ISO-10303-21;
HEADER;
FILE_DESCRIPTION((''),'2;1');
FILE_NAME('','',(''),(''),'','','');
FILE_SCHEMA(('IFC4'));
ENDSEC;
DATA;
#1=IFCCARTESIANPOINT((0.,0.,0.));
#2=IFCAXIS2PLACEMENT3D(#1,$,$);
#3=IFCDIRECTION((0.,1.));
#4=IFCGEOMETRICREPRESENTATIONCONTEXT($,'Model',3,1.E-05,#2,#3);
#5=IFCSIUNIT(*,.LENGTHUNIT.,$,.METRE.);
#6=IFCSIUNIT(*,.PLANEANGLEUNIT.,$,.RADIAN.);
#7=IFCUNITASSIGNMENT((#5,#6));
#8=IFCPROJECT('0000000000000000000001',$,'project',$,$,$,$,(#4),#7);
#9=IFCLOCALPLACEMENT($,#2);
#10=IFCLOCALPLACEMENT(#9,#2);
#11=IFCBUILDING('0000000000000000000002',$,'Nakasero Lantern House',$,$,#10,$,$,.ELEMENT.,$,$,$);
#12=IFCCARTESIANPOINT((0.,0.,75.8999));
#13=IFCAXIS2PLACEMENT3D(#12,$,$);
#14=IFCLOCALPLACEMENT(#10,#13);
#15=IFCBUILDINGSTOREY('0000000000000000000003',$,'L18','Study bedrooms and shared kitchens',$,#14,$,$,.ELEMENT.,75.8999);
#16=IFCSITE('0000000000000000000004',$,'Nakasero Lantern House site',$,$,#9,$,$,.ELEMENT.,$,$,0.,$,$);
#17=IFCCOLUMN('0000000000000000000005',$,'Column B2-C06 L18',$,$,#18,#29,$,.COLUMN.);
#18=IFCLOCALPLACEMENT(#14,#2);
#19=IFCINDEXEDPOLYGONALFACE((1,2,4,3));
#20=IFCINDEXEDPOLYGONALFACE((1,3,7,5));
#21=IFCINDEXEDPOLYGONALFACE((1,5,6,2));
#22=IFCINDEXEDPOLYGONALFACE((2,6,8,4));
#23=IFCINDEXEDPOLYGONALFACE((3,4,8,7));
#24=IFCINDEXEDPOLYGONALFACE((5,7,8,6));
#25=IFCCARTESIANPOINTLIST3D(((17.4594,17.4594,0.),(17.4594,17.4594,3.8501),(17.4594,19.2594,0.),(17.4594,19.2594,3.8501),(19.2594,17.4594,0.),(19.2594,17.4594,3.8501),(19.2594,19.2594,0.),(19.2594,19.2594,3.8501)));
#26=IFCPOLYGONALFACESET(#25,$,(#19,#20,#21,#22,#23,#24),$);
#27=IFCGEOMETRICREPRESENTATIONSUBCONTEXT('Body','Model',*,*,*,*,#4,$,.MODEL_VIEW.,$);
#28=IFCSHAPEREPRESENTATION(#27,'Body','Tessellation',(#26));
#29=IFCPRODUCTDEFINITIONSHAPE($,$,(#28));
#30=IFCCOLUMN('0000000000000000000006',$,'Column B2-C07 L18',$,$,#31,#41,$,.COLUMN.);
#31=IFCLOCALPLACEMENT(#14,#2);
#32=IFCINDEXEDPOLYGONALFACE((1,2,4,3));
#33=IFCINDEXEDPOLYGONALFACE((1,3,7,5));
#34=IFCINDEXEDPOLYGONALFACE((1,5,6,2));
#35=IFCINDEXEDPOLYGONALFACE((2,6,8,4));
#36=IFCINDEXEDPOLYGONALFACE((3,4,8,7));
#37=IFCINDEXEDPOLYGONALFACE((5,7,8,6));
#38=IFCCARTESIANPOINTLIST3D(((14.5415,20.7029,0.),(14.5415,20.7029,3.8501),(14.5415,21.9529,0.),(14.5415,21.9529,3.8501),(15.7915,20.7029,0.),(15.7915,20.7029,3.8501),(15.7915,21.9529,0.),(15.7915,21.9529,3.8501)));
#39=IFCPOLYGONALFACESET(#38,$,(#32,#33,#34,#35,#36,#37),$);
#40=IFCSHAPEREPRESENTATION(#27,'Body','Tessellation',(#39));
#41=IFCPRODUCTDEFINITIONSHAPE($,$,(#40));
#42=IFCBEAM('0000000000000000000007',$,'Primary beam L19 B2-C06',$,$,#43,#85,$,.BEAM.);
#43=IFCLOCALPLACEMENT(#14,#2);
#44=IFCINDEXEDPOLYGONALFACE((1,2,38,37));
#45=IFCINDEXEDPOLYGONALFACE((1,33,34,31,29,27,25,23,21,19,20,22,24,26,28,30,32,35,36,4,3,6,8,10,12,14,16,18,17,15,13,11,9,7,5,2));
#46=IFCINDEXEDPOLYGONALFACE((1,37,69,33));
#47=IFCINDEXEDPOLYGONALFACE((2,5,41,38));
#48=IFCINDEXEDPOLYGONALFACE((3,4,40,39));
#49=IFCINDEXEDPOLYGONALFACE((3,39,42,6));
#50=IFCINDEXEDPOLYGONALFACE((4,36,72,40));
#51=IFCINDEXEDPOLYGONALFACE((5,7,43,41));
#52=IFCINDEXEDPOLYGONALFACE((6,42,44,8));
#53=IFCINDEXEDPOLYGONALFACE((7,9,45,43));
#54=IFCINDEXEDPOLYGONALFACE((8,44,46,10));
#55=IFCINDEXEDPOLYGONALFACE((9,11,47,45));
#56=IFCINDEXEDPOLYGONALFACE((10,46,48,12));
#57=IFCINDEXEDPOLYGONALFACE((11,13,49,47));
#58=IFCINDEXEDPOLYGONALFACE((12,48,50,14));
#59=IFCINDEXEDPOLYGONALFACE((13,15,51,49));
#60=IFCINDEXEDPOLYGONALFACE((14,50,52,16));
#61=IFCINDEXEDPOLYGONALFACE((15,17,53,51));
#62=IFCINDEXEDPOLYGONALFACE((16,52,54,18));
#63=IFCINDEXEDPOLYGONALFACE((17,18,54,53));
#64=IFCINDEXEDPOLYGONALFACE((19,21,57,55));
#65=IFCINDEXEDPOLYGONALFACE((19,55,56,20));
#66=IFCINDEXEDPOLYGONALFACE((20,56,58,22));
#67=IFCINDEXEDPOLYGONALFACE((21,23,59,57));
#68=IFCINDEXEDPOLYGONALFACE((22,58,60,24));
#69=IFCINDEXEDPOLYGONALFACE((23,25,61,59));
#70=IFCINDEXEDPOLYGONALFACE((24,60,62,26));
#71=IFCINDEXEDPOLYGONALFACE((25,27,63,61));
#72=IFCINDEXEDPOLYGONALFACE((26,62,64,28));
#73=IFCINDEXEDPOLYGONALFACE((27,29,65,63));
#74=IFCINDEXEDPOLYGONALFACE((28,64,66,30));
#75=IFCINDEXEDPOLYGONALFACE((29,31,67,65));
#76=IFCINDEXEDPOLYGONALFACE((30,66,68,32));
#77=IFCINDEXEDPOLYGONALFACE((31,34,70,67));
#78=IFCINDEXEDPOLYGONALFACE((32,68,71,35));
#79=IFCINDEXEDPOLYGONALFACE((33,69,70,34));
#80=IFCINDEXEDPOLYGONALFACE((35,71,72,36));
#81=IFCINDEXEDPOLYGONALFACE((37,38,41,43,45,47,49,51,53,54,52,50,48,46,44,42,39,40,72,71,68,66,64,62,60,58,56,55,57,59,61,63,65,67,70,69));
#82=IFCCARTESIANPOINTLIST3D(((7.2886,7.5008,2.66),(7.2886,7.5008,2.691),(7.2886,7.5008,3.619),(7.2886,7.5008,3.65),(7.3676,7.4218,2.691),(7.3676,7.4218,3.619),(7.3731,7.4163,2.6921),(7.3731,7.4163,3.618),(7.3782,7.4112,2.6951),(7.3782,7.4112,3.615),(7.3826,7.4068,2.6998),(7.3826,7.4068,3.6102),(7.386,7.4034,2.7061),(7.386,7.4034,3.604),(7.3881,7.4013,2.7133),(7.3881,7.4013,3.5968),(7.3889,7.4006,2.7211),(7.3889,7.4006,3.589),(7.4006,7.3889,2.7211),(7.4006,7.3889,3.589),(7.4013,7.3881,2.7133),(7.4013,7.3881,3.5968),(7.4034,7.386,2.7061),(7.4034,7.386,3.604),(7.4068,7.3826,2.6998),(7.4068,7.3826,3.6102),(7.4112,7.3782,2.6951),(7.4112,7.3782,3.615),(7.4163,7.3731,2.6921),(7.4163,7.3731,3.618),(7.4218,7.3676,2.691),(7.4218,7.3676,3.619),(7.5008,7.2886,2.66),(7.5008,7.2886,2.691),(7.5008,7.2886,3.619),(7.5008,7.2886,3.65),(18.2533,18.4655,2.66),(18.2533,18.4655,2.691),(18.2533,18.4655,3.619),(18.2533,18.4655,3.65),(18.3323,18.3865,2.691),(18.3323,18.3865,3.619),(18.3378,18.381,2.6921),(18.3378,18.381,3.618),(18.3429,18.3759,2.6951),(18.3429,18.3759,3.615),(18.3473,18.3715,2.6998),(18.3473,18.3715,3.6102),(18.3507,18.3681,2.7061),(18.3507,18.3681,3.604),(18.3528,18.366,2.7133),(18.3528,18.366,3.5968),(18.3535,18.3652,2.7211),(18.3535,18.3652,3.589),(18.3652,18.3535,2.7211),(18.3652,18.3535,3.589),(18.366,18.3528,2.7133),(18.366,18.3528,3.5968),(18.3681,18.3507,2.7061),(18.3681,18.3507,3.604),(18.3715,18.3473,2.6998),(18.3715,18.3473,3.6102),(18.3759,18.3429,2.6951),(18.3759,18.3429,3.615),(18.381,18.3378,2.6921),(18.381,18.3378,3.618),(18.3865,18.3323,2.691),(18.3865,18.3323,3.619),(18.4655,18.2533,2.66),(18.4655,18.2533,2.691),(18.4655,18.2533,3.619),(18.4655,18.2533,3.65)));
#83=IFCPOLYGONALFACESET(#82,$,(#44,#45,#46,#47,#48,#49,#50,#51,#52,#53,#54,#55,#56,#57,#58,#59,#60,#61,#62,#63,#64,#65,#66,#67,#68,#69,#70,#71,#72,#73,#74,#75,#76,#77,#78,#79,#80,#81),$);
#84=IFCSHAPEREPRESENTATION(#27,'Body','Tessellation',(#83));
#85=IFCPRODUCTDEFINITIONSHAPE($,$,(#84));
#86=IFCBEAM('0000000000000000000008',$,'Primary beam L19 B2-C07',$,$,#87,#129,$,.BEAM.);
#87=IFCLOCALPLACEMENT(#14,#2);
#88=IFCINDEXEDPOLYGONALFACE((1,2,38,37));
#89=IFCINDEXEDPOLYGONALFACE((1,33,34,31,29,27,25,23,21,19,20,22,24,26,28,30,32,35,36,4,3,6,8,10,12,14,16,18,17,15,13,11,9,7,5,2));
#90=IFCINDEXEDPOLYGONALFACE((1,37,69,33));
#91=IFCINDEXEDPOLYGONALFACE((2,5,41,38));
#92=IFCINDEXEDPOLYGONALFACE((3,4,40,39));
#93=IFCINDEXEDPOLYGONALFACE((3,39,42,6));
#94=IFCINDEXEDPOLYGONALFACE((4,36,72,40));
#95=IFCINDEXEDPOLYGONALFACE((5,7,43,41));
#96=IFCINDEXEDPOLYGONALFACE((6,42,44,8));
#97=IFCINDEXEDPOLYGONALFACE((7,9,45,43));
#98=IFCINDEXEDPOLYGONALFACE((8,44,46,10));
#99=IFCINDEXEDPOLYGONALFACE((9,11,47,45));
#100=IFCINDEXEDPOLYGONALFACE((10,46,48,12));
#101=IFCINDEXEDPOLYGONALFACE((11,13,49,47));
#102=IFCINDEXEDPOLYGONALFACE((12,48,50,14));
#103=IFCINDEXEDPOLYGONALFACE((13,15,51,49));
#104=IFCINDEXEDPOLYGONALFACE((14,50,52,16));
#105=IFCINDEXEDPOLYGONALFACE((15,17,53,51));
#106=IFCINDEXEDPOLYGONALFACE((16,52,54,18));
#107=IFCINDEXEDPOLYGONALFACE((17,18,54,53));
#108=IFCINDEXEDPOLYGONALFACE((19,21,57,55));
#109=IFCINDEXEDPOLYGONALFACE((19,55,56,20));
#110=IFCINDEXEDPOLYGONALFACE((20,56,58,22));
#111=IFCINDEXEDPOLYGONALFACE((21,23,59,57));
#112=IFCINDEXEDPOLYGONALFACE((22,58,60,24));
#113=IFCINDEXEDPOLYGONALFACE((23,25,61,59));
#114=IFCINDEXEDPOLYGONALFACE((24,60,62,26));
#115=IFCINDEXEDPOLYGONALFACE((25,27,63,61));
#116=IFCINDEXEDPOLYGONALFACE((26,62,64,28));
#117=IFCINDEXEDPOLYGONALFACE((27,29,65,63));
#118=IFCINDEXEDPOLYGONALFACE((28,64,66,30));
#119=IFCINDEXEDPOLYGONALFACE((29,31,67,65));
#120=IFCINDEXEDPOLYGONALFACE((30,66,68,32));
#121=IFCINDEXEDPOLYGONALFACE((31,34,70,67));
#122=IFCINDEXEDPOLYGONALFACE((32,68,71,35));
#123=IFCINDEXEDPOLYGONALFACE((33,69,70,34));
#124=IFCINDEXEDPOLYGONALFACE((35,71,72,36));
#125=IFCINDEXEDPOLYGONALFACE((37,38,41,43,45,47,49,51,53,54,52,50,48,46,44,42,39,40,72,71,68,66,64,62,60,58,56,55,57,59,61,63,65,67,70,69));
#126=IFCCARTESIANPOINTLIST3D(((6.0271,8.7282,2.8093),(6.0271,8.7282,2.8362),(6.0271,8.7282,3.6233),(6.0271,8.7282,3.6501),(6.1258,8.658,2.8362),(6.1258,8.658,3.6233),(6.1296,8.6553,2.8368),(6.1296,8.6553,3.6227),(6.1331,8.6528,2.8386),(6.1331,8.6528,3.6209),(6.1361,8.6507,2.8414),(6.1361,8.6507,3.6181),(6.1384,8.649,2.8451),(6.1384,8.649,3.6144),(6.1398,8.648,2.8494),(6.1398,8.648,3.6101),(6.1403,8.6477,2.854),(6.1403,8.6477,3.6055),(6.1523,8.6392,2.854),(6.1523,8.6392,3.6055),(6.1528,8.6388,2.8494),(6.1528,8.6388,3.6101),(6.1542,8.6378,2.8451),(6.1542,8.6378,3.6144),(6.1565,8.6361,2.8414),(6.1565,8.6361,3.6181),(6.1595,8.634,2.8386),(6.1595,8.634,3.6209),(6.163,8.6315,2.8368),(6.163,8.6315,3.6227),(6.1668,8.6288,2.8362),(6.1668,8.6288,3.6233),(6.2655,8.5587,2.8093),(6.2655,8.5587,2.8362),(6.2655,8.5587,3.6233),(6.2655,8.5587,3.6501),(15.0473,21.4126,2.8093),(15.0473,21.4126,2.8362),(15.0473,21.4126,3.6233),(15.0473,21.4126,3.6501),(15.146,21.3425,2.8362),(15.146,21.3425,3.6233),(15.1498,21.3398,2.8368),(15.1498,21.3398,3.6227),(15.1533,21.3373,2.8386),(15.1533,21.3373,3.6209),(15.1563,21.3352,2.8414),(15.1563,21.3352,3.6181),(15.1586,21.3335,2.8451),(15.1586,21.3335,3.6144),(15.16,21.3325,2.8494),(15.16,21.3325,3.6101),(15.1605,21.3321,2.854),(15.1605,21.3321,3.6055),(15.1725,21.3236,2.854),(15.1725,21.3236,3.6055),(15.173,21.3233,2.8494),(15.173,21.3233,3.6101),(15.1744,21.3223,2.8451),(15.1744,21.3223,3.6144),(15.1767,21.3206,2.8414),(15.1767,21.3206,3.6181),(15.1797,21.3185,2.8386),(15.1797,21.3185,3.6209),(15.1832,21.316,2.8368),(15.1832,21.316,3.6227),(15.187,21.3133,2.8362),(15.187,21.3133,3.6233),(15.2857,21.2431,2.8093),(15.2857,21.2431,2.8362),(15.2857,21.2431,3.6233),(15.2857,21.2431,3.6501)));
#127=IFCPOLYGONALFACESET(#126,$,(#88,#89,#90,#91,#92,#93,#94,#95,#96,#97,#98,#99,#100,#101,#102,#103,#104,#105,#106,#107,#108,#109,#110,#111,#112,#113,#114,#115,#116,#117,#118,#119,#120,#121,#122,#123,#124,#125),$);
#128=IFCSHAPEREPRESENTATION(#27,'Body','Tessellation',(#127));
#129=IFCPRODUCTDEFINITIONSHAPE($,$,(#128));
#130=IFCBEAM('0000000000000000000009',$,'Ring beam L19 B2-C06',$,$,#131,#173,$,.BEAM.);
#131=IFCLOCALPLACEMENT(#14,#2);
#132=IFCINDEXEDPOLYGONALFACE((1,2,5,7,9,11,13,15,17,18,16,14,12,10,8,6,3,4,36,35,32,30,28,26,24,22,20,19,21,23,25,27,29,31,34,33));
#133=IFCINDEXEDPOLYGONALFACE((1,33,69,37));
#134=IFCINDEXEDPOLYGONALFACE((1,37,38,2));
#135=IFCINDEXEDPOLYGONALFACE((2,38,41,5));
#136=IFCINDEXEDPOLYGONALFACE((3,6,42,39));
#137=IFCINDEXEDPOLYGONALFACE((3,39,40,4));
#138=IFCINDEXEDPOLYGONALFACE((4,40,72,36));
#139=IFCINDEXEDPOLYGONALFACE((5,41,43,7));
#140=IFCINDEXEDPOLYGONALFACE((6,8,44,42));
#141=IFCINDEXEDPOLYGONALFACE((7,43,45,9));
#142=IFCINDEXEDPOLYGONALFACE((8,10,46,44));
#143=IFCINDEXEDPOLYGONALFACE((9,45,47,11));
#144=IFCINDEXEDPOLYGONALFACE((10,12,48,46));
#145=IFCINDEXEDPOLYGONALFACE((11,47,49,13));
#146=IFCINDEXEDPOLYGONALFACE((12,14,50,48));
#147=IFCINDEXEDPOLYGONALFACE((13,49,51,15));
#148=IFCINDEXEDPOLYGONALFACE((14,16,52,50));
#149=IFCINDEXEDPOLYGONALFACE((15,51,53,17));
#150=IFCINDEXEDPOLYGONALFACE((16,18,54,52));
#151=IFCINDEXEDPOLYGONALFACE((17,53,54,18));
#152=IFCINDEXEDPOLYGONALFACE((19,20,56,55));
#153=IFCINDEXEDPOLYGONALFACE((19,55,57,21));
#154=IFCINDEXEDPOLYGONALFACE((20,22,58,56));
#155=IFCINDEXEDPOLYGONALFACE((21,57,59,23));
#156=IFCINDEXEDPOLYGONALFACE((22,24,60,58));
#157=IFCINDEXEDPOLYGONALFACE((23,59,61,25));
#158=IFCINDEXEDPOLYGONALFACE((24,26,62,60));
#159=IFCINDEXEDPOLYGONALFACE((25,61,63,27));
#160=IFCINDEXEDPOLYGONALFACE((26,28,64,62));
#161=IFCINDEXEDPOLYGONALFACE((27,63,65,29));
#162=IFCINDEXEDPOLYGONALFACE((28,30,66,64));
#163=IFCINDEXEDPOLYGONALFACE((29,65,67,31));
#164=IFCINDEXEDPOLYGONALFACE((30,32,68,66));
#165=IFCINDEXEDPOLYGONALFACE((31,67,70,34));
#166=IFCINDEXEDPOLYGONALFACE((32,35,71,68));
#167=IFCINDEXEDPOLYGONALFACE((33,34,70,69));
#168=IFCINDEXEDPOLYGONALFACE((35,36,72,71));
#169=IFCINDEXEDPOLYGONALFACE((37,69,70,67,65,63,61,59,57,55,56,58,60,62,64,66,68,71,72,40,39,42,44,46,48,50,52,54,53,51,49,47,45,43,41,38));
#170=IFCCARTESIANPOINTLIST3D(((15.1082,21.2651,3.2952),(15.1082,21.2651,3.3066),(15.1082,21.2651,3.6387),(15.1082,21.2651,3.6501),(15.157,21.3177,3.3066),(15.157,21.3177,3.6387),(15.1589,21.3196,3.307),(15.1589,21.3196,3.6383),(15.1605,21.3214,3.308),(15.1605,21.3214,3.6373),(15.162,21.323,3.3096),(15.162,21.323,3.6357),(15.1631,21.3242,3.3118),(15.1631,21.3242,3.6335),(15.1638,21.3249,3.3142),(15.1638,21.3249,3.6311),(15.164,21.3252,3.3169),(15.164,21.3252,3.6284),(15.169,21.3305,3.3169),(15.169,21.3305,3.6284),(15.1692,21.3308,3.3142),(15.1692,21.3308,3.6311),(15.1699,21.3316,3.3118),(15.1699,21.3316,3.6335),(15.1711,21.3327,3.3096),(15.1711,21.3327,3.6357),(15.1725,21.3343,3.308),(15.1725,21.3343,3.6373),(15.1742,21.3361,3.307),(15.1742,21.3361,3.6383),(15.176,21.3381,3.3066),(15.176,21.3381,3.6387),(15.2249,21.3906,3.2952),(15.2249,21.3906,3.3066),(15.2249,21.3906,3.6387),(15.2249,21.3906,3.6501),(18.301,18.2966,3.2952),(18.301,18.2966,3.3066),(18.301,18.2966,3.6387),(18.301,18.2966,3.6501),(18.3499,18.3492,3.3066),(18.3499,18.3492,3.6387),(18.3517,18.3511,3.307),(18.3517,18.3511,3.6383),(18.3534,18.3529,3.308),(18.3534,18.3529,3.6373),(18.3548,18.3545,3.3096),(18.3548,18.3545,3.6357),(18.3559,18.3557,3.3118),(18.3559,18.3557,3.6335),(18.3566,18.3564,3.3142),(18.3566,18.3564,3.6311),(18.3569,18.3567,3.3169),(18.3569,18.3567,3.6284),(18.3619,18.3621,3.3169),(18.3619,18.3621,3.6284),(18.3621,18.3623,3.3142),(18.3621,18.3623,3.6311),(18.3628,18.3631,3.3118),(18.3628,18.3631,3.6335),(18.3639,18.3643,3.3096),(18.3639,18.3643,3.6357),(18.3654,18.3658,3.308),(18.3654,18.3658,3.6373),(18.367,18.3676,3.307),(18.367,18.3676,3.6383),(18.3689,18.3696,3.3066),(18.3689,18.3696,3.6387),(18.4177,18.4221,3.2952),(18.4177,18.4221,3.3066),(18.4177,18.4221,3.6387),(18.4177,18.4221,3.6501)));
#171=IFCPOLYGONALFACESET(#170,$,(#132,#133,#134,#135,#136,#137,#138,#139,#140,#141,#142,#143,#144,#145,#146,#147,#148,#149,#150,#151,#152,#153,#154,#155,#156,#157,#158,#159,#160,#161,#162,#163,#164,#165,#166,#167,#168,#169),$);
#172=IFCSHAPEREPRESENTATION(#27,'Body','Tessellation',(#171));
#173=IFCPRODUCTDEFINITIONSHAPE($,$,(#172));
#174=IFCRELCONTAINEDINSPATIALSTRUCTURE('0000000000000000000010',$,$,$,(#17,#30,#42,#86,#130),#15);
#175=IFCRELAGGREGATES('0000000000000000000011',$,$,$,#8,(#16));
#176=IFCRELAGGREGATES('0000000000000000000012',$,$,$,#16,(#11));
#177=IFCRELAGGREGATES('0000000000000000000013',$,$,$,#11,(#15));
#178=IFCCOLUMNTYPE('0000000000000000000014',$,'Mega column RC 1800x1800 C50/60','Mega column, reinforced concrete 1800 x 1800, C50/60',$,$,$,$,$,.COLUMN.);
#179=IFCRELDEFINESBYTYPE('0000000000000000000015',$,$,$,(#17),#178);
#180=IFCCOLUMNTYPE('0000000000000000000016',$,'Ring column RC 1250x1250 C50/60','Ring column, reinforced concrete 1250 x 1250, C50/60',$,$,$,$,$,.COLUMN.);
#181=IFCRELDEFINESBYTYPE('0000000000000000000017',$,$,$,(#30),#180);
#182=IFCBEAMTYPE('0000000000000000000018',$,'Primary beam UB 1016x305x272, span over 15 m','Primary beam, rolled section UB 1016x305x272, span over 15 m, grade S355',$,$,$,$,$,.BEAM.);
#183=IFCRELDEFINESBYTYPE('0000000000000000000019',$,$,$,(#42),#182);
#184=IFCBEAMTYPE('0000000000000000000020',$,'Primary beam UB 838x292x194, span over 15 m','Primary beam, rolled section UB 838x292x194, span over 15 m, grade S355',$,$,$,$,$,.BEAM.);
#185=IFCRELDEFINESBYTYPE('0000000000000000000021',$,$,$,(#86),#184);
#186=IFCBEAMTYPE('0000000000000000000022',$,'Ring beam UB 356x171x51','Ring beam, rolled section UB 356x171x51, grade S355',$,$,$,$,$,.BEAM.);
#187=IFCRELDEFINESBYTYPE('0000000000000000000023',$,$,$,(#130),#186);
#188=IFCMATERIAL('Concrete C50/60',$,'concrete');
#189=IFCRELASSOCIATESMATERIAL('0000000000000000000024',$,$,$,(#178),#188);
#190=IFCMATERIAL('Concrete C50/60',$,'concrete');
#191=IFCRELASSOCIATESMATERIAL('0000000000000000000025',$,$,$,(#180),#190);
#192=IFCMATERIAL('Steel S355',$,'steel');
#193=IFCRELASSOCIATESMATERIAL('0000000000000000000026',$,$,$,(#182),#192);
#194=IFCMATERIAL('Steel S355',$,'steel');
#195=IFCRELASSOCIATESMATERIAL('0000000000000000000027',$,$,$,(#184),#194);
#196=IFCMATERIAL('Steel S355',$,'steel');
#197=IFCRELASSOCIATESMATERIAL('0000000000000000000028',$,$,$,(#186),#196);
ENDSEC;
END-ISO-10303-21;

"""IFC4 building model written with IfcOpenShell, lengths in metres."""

from ifc_helpers import new_model, si_unit, direction, frame, origin, origin_2d, place, context, subcontext, project, spatial, rectangle, i_section, extrude, material, material_profile, profile_set, type_object, element, save


model = new_model("IFC4")

# Units and contexts
model_context = context("Model", 3, precision=1e-05, world=origin(), true_north=direction((0.0, 1.0)))
body_context = subcontext(model_context, "Body", "Model", "MODEL_VIEW")
ifc_project = project(units=[si_unit("LENGTHUNIT", "METRE"), si_unit("PLANEANGLEUNIT", "RADIAN")], contexts=[model_context])

# Site, building, storey
site_placement = place(None, origin())
site = spatial("IfcSite", under=ifc_project, at=site_placement, Name="Nakasero Lantern House site", CompositionType="ELEMENT", RefElevation=0.0)
building_placement = place(site_placement, origin())
building = spatial("IfcBuilding", under=site, at=building_placement, Name="Nakasero Lantern House", CompositionType="ELEMENT")
storey_placement = place(building_placement, frame((0.0, 0.0, 75.8999)))
storey = spatial("IfcBuildingStorey", under=building, at=storey_placement, Name="L18", Description="Study bedrooms and shared kitchens", CompositionType="ELEMENT", Elevation=75.8999)

# Columns
ifc_material_1 = material(Name="Concrete C50/60", Category="concrete")
ifc_material_profile_1 = material_profile(ifc_material_1, rectangle(XDim=1.8, YDim=1.8, at=origin_2d()), Name="RC 1800x1800")
ifc_profile_set_1 = profile_set([ifc_material_profile_1], Name="Concrete C50/60")
column_type_1 = type_object("IfcColumnType", Name="Mega column RC 1800x1800 C50/60", Description="Mega column, reinforced concrete 1800 x 1800, C50/60", PredefinedType="COLUMN", material=ifc_profile_set_1)
column_1_placement = place(storey_placement, frame((18.3594, 18.3594, 0.0), z_axis=(0.0, 0.0, 1.0), x_axis=(1.0, 0.0, 0.0)))
element("IfcColumn", 1, at=column_1_placement, inside=storey, type_object=column_type_1, Name="Column B2-C06 L18", PredefinedType="COLUMN", context=body_context, shape_type="SweptSolid", body=[
    extrude(rectangle(XDim=1.8, YDim=1.8, at=origin_2d()), origin(), (0.0, 0.0, 1.0), 3.8501),
])
ifc_material_2 = material(Name="Concrete C50/60", Category="concrete")
ifc_material_profile_2 = material_profile(ifc_material_2, rectangle(XDim=1.25, YDim=1.25, at=origin_2d()), Name="RC 1250x1250")
ifc_profile_set_2 = profile_set([ifc_material_profile_2], Name="Concrete C50/60")
column_type_2 = type_object("IfcColumnType", Name="Ring column RC 1250x1250 C50/60", Description="Ring column, reinforced concrete 1250 x 1250, C50/60", PredefinedType="COLUMN", material=ifc_profile_set_2)
column_2_placement = place(storey_placement, frame((15.1665, 21.3279, 0.0), z_axis=(0.0, 0.0, 1.0), x_axis=(1.0, 0.0, 0.0)))
element("IfcColumn", 2, at=column_2_placement, inside=storey, type_object=column_type_2, Name="Column B2-C07 L18", PredefinedType="COLUMN", context=body_context, shape_type="SweptSolid", body=[
    extrude(rectangle(XDim=1.25, YDim=1.25, at=origin_2d()), origin(), (0.0, 0.0, 1.0), 3.8501),
])

# Beams
ifc_material_3 = material(Name="Steel S355", Category="steel")
ifc_material_profile_3 = material_profile(ifc_material_3, i_section(OverallWidth=0.3, OverallDepth=0.99, WebThickness=0.0166, FlangeThickness=0.031, FilletRadius=0.03, at=origin_2d()), Name="UB 1016x305x272")
ifc_profile_set_3 = profile_set([ifc_material_profile_3], Name="Steel S355")
beam_type_1 = type_object("IfcBeamType", Name="Primary beam UB 1016x305x272, span over 15 m", Description="Primary beam, rolled section UB 1016x305x272, span over 15 m, grade S355", PredefinedType="BEAM", material=ifc_profile_set_3)
beam_1_placement = place(storey_placement, frame((18.3594, 18.3594, 3.155), z_axis=(-0.707107, -0.707107, 0.0), x_axis=(0.707107, -0.707107, 0.0)))
element("IfcBeam", 3, at=beam_1_placement, inside=storey, type_object=beam_type_1, Name="Primary beam L19 B2-C06", PredefinedType="BEAM", context=body_context, shape_type="SweptSolid", body=[
    extrude(i_section(OverallWidth=0.3, OverallDepth=0.99, WebThickness=0.0166, FlangeThickness=0.031, FilletRadius=0.03, at=origin_2d()), origin(), (0.0, 0.0, 1.0), 15.5063),
])
ifc_material_4 = material(Name="Steel S355", Category="steel")
ifc_material_profile_4 = material_profile(ifc_material_4, i_section(OverallWidth=0.2925, OverallDepth=0.8408, WebThickness=0.0146, FlangeThickness=0.0269, FilletRadius=0.0178, at=origin_2d()), Name="UB 838x292x194")
ifc_profile_set_4 = profile_set([ifc_material_profile_4], Name="Steel S355")
beam_type_2 = type_object("IfcBeamType", Name="Primary beam UB 838x292x194, span over 15 m", Description="Primary beam, rolled section UB 838x292x194, span over 15 m, grade S355", PredefinedType="BEAM", material=ifc_profile_set_4)
beam_2_placement = place(storey_placement, frame((15.1665, 21.3279, 3.2297), z_axis=(-0.579529, -0.814952, 0.0), x_axis=(0.814952, -0.579529, 0.0)))
element("IfcBeam", 4, at=beam_2_placement, inside=storey, type_object=beam_type_2, Name="Primary beam L19 B2-C07", PredefinedType="BEAM", context=body_context, shape_type="SweptSolid", body=[
    extrude(i_section(OverallWidth=0.2925, OverallDepth=0.8408, WebThickness=0.0146, FlangeThickness=0.0269, FilletRadius=0.0178, at=origin_2d()), origin(), (0.0, 0.0, 1.0), 15.5647),
])
ifc_material_5 = material(Name="Steel S355", Category="steel")
ifc_material_profile_5 = material_profile(ifc_material_5, i_section(OverallWidth=0.1714, OverallDepth=0.355, WebThickness=0.0073, FlangeThickness=0.0115, FilletRadius=0.0103, at=origin_2d()), Name="UB 356x171x51")
ifc_profile_set_5 = profile_set([ifc_material_profile_5], Name="Steel S355")
beam_type_3 = type_object("IfcBeamType", Name="Ring beam UB 356x171x51", Description="Ring beam, rolled section UB 356x171x51, grade S355", PredefinedType="BEAM", material=ifc_profile_set_5)
beam_3_placement = place(storey_placement, frame((18.3594, 18.3594, 3.4727), z_axis=(-0.732371, 0.680906, 0.0), x_axis=(-0.680906, -0.732371, 0.0)))
element("IfcBeam", 5, at=beam_3_placement, inside=storey, type_object=beam_type_3, Name="Ring beam L19 B2-C06", PredefinedType="BEAM", context=body_context, shape_type="SweptSolid", body=[
    extrude(i_section(OverallWidth=0.1714, OverallDepth=0.355, WebThickness=0.0073, FlangeThickness=0.0115, FilletRadius=0.0103, at=origin_2d()), origin(), (0.0, 0.0, 1.0), 4.3596),
])

save(model, "model.ifc")
